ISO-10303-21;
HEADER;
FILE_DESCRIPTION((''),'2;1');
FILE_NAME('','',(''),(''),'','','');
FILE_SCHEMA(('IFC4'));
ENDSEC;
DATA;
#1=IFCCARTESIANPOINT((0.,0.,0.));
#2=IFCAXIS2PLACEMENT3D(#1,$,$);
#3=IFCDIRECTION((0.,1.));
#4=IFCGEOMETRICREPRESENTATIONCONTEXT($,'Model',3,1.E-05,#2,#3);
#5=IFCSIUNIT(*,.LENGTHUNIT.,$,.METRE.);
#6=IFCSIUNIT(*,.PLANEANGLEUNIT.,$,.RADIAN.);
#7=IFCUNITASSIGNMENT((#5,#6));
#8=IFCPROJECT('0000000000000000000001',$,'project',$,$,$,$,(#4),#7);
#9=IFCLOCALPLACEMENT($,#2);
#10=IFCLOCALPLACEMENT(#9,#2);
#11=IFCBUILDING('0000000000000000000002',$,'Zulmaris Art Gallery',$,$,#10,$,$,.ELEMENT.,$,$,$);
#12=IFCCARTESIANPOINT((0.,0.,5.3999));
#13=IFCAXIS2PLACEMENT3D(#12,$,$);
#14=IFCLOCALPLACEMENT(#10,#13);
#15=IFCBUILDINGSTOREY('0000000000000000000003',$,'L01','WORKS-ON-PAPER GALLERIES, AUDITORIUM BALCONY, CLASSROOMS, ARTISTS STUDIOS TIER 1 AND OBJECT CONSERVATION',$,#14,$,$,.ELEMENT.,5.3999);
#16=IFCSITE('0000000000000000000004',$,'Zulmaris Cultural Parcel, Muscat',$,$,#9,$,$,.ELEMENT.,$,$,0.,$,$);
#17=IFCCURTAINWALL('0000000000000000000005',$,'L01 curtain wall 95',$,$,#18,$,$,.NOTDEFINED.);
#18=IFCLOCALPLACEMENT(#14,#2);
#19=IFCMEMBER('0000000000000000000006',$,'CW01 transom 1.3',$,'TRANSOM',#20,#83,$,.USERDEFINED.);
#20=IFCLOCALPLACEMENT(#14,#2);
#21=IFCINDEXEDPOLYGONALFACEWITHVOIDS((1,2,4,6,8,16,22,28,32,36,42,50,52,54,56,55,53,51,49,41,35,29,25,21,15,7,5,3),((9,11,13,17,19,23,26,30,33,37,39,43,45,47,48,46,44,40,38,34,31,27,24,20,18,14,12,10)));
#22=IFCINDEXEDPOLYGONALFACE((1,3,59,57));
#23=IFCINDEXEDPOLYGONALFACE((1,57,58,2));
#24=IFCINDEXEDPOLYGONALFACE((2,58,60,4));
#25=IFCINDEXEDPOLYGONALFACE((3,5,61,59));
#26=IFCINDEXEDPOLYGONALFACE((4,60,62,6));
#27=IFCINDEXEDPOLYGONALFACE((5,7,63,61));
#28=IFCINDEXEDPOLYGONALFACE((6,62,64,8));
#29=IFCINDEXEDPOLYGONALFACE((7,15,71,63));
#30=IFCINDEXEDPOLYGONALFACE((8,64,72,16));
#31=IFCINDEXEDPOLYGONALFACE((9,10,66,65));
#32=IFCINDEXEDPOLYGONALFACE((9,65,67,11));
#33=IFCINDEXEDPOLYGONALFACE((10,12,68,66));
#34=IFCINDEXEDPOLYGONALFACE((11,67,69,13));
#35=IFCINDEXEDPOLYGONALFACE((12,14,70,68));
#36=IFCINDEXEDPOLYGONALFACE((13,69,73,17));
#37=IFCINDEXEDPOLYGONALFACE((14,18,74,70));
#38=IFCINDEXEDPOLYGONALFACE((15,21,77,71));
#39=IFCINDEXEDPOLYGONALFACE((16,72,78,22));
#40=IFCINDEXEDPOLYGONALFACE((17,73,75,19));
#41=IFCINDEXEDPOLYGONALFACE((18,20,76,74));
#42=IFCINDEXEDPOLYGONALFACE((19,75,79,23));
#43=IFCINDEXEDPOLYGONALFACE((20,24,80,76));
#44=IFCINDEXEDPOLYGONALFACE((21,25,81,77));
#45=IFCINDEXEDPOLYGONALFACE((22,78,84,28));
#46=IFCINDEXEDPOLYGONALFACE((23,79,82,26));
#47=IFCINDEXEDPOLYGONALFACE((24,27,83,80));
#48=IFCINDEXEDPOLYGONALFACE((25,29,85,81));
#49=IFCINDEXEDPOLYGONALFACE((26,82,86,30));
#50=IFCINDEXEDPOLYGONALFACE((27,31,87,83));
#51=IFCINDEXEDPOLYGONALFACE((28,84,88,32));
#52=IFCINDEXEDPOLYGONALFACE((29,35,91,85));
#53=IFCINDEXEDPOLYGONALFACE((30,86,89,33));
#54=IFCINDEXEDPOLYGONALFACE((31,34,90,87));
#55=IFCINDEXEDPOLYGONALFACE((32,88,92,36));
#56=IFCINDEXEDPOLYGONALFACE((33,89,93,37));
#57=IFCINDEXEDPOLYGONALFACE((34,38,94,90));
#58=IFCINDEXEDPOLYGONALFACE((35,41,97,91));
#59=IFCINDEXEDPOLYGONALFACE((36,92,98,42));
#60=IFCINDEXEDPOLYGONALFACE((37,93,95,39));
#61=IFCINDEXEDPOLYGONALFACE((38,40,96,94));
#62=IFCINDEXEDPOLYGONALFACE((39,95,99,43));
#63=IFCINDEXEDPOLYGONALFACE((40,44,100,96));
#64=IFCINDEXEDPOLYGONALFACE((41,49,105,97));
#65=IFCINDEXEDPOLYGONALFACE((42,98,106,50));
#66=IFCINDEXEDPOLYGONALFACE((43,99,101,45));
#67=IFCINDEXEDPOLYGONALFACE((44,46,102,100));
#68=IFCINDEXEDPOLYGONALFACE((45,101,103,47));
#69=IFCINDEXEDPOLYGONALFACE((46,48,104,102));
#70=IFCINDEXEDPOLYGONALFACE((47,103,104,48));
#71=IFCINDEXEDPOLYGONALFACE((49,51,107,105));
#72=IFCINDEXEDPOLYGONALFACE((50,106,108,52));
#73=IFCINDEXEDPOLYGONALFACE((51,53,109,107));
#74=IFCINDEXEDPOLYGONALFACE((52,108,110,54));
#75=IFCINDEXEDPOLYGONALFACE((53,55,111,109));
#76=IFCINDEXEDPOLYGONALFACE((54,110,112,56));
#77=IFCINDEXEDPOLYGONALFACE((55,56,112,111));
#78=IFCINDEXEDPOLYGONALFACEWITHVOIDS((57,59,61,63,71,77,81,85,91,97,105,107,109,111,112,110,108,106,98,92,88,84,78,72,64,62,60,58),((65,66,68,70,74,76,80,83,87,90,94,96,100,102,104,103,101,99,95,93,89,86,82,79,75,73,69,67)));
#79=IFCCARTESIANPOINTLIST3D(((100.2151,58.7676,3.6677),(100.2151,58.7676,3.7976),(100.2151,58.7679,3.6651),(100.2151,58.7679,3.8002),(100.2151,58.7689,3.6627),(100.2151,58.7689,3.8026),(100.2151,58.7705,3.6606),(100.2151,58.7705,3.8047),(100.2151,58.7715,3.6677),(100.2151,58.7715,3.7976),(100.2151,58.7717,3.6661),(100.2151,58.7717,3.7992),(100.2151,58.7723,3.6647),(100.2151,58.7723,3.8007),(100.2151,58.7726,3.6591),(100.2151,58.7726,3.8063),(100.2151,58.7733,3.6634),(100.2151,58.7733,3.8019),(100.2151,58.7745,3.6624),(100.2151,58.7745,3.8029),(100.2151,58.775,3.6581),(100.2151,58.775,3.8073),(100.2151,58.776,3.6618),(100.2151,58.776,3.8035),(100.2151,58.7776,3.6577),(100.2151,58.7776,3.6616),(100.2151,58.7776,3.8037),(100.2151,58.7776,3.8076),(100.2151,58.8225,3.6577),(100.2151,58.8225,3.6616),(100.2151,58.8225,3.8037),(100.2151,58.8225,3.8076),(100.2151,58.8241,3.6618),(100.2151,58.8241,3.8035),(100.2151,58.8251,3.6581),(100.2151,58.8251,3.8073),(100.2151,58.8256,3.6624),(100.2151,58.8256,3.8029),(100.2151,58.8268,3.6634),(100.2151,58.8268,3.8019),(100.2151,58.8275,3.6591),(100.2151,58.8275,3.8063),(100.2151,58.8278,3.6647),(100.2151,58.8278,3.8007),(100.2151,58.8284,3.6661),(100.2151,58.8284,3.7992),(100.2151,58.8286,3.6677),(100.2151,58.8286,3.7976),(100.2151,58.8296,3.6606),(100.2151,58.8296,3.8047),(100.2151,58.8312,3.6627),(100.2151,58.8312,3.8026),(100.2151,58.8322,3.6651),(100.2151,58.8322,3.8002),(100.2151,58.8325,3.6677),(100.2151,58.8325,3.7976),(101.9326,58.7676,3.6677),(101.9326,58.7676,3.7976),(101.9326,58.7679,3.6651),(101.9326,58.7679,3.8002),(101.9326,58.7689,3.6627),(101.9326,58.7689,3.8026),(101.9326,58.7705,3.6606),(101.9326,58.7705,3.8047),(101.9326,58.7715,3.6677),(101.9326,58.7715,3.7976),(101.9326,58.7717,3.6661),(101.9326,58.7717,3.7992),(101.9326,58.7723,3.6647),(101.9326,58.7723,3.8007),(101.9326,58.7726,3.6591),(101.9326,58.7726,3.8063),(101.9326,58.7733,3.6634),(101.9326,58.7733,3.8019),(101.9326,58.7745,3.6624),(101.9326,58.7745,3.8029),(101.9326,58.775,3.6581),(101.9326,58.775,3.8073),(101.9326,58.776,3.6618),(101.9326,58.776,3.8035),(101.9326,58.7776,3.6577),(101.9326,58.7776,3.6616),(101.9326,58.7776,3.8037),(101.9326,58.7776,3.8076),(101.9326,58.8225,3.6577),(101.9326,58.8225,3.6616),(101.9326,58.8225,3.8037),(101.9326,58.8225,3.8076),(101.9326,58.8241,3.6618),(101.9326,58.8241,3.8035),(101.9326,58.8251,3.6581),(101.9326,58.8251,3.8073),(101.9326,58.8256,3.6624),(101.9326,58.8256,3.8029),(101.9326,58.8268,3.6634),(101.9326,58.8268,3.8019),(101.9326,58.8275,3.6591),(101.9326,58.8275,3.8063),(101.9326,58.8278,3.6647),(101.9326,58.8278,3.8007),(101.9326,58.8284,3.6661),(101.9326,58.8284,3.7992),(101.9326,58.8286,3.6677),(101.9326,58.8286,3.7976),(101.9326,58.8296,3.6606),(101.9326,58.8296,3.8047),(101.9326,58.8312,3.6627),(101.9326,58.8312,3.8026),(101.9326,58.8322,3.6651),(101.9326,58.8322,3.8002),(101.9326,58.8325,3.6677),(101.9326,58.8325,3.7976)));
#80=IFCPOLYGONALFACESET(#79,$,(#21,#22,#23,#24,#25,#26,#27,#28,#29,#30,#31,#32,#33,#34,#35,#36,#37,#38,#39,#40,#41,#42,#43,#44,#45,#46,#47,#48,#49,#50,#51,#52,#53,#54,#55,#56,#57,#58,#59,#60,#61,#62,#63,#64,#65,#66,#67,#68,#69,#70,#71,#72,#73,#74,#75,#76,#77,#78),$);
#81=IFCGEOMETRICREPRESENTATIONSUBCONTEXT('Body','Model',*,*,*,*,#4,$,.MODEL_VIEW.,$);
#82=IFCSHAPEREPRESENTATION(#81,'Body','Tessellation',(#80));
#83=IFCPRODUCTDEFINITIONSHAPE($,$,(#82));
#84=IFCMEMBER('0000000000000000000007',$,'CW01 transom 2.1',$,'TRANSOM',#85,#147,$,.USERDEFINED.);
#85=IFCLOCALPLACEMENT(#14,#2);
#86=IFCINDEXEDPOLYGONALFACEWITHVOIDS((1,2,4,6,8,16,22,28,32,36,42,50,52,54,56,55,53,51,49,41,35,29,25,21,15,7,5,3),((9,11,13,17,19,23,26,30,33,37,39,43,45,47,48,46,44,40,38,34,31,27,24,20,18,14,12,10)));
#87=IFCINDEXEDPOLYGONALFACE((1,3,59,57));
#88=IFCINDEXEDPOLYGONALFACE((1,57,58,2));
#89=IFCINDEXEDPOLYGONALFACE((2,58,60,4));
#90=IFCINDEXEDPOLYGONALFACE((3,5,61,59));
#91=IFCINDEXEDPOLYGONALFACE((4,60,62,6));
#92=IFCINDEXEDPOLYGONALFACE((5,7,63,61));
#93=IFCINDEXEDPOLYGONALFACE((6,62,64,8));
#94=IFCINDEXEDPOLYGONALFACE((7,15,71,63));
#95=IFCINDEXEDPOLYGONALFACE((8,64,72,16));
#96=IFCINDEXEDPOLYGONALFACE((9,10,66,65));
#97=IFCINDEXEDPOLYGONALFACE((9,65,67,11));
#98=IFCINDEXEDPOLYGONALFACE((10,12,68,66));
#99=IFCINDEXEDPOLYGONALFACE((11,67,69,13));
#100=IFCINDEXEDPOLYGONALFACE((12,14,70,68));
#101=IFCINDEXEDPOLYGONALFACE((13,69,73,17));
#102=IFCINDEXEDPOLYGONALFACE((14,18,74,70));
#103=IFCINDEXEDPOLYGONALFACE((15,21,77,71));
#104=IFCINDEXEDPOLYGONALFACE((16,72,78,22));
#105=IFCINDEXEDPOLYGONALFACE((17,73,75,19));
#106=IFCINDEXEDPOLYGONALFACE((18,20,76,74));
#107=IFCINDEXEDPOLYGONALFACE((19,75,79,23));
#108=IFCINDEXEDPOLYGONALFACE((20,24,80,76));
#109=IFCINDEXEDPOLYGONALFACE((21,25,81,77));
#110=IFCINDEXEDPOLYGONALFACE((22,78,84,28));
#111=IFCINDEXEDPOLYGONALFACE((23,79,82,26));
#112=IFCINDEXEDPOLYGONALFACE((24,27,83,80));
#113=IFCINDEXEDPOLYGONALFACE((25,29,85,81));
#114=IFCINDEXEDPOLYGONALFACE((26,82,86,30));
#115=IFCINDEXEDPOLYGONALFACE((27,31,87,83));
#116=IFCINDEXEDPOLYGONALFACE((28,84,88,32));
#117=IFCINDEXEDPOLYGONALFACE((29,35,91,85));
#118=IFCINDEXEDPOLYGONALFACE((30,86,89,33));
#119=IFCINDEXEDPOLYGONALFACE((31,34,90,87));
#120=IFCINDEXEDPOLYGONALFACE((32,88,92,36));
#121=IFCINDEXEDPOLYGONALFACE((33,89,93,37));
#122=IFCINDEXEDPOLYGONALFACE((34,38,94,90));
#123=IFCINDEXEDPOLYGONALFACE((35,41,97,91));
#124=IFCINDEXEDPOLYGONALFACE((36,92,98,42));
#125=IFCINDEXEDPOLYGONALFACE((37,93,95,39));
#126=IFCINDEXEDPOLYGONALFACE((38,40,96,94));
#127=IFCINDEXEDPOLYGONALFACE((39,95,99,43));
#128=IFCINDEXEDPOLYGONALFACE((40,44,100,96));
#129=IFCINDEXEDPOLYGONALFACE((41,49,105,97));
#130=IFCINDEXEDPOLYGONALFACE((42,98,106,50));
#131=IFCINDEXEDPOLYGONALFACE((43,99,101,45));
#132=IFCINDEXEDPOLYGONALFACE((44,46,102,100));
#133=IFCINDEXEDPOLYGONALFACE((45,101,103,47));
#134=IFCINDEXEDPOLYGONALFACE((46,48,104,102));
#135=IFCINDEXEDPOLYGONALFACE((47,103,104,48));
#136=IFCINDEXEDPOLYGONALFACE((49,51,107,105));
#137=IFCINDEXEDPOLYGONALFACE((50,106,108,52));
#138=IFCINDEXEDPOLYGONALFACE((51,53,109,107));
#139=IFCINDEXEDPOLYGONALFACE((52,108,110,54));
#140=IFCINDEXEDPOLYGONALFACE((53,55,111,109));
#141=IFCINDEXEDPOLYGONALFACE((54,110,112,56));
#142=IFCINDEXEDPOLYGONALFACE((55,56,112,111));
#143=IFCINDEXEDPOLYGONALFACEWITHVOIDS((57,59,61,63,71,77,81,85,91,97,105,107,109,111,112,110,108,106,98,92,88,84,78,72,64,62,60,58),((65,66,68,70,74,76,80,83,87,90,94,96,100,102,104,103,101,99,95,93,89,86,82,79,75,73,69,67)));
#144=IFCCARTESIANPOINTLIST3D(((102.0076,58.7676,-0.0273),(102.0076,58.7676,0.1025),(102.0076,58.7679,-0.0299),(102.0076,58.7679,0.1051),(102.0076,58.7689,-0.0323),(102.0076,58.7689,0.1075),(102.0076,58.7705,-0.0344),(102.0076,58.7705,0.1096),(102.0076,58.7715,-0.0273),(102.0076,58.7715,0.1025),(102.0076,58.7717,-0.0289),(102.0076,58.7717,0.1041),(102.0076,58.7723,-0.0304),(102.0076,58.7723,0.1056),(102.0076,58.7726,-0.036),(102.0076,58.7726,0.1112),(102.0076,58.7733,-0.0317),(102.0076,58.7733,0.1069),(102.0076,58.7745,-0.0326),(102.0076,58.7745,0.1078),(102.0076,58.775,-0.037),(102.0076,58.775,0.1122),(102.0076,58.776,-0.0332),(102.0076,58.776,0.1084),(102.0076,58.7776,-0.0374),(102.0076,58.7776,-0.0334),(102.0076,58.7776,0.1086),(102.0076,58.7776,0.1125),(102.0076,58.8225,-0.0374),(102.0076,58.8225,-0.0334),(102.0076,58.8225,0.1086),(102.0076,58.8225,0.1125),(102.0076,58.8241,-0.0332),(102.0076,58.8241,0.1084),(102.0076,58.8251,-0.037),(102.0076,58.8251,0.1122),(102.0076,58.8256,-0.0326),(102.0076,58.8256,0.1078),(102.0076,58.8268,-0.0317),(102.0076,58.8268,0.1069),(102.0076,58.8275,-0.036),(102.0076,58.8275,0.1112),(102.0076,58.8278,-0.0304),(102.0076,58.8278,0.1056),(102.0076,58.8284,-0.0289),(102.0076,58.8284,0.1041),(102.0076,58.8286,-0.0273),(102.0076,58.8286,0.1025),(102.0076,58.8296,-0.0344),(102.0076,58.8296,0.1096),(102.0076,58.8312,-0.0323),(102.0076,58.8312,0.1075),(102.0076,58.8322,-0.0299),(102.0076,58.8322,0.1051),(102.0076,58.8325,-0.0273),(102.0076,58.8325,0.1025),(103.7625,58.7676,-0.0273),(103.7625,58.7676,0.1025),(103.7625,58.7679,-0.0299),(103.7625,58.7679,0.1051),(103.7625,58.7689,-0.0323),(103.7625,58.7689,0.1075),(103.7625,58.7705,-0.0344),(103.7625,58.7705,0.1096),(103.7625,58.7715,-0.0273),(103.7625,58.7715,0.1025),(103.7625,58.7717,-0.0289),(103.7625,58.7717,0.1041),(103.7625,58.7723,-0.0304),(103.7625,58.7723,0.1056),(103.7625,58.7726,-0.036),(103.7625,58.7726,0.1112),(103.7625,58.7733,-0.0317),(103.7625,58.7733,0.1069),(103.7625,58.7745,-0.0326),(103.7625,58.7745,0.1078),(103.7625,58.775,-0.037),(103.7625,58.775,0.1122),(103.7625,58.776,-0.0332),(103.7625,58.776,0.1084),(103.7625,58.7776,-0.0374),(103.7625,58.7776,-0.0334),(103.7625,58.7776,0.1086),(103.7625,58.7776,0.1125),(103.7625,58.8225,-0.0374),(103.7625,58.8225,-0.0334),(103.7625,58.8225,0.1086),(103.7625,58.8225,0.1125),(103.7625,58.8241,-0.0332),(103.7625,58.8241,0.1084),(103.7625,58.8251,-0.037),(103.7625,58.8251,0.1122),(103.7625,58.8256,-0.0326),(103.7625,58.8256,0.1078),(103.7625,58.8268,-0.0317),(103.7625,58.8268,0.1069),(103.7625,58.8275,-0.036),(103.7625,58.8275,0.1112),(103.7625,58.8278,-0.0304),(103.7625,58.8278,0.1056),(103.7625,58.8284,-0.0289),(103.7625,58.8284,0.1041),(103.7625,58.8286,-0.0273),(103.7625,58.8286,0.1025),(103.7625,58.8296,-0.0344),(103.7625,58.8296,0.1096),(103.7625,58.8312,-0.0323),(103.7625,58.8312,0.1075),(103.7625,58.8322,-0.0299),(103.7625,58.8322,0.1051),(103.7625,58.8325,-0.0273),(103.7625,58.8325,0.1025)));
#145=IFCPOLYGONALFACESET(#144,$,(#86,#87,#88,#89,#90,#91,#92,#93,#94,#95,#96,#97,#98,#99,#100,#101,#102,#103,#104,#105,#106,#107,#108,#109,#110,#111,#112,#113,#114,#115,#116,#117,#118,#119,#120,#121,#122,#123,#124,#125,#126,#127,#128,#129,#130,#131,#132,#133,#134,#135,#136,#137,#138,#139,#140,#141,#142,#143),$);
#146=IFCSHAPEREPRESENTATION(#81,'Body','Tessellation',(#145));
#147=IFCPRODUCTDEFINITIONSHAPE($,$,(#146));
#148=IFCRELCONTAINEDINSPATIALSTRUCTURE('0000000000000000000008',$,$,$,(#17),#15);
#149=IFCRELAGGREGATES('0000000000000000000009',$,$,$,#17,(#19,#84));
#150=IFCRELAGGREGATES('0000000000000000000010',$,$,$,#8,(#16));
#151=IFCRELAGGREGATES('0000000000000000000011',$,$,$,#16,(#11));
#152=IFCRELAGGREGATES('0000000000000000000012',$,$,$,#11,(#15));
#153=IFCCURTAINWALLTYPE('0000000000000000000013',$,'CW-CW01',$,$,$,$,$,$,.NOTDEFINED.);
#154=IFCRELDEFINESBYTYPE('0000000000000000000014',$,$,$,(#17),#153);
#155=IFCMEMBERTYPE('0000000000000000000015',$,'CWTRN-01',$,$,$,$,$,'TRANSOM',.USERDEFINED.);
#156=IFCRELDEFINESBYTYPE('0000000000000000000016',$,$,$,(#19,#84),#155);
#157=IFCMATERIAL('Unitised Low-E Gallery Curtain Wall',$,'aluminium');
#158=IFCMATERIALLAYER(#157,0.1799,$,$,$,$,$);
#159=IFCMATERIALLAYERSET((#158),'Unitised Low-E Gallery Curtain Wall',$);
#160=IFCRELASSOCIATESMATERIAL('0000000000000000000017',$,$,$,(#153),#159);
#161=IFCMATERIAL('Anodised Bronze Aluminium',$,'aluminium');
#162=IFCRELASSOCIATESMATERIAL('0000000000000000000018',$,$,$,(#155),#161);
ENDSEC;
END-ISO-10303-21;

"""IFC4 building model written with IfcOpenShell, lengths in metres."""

from ifc_helpers import new_model, si_unit, direction, frame, origin, origin_2d, place, context, subcontext, project, spatial, hollow_rectangle, extrude, material, layer, layer_set, material_profile, profile_set, type_object, element, aggregate, save


model = new_model("IFC4")

# Units and contexts
model_context = context("Model", 3, precision=1e-05, world=origin(), true_north=direction((0.0, 1.0)))
body_context = subcontext(model_context, "Body", "Model", "MODEL_VIEW")
ifc_project = project(units=[si_unit("LENGTHUNIT", "METRE"), si_unit("PLANEANGLEUNIT", "RADIAN")], contexts=[model_context])

# Site, building, storey
site_placement = place(None, origin())
site = spatial("IfcSite", under=ifc_project, at=site_placement, Name="Zulmaris Cultural Parcel, Muscat", CompositionType="ELEMENT", RefElevation=0.0)
building_placement = place(site_placement, origin())
building = spatial("IfcBuilding", under=site, at=building_placement, Name="Zulmaris Art Gallery", CompositionType="ELEMENT")
storey_placement = place(building_placement, frame((0.0, 0.0, 5.3999)))
storey = spatial("IfcBuildingStorey", under=building, at=storey_placement, Name="L01", Description="WORKS-ON-PAPER GALLERIES, AUDITORIUM BALCONY, CLASSROOMS, ARTISTS STUDIOS TIER 1 AND OBJECT CONSERVATION", CompositionType="ELEMENT", Elevation=5.3999)

# Curtain wall, members
ifc_material_1 = material(Name="Unitised Low-E Gallery Curtain Wall", Category="aluminium")
ifc_layer_1 = layer(ifc_material_1, 0.1799)
ifc_layer_set_1 = layer_set([ifc_layer_1], Name="Unitised Low-E Gallery Curtain Wall")
curtain_wall_type = type_object("IfcCurtainWallType", Name="CW-CW01", PredefinedType="NOTDEFINED", material=ifc_layer_set_1)
curtain_wall_placement = place(storey_placement, origin())
curtain_wall = element("IfcCurtainWall", 1, at=curtain_wall_placement, inside=storey, type_object=curtain_wall_type, Name="L01 curtain wall 95", PredefinedType="NOTDEFINED")
ifc_material_2 = material(Name="Anodised Bronze Aluminium", Category="aluminium")
ifc_material_profile_1 = material_profile(ifc_material_2, hollow_rectangle(XDim=0.0649, YDim=0.1499, WallThickness=0.0039, InnerFilletRadius=0.0061, OuterFilletRadius=0.01, at=origin_2d()), Name="ALU 65x150x4")
ifc_profile_set_1 = profile_set([ifc_material_profile_1], Name="Anodised Bronze Aluminium")
member_type_1 = type_object("IfcMemberType", Name="CWTRN-01", ElementType="TRANSOM", PredefinedType="USERDEFINED", material=ifc_profile_set_1)
member_1_placement = place(storey_placement, frame((100.2151, 58.8, 3.7327), z_axis=(1.0, 0.0, 0.0), x_axis=(0.0, 1.0, 0.0)))
member_1 = element("IfcMember", 2, at=member_1_placement, type_object=member_type_1, Name="CW01 transom 1.3", ObjectType="TRANSOM", PredefinedType="USERDEFINED", context=body_context, shape_type="SweptSolid", body=[
    extrude(hollow_rectangle(XDim=0.0649, YDim=0.1499, WallThickness=0.0039, InnerFilletRadius=0.0061, OuterFilletRadius=0.01, at=origin_2d()), origin(), (0.0, 0.0, 1.0), 1.7175),
])
member_2_placement = place(storey_placement, frame((102.0076, 58.8, 0.0376), z_axis=(1.0, 0.0, 0.0), x_axis=(0.0, 1.0, 0.0)))
member_2 = element("IfcMember", 3, at=member_2_placement, type_object=member_type_1, Name="CW01 transom 2.1", ObjectType="TRANSOM", PredefinedType="USERDEFINED", context=body_context, shape_type="SweptSolid", body=[
    extrude(hollow_rectangle(XDim=0.0649, YDim=0.1499, WallThickness=0.0039, InnerFilletRadius=0.0061, OuterFilletRadius=0.01, at=origin_2d()), origin(), (0.0, 0.0, 1.0), 1.7549),
])
aggregate(curtain_wall, [member_1, member_2])

save(model, "model.ifc")
